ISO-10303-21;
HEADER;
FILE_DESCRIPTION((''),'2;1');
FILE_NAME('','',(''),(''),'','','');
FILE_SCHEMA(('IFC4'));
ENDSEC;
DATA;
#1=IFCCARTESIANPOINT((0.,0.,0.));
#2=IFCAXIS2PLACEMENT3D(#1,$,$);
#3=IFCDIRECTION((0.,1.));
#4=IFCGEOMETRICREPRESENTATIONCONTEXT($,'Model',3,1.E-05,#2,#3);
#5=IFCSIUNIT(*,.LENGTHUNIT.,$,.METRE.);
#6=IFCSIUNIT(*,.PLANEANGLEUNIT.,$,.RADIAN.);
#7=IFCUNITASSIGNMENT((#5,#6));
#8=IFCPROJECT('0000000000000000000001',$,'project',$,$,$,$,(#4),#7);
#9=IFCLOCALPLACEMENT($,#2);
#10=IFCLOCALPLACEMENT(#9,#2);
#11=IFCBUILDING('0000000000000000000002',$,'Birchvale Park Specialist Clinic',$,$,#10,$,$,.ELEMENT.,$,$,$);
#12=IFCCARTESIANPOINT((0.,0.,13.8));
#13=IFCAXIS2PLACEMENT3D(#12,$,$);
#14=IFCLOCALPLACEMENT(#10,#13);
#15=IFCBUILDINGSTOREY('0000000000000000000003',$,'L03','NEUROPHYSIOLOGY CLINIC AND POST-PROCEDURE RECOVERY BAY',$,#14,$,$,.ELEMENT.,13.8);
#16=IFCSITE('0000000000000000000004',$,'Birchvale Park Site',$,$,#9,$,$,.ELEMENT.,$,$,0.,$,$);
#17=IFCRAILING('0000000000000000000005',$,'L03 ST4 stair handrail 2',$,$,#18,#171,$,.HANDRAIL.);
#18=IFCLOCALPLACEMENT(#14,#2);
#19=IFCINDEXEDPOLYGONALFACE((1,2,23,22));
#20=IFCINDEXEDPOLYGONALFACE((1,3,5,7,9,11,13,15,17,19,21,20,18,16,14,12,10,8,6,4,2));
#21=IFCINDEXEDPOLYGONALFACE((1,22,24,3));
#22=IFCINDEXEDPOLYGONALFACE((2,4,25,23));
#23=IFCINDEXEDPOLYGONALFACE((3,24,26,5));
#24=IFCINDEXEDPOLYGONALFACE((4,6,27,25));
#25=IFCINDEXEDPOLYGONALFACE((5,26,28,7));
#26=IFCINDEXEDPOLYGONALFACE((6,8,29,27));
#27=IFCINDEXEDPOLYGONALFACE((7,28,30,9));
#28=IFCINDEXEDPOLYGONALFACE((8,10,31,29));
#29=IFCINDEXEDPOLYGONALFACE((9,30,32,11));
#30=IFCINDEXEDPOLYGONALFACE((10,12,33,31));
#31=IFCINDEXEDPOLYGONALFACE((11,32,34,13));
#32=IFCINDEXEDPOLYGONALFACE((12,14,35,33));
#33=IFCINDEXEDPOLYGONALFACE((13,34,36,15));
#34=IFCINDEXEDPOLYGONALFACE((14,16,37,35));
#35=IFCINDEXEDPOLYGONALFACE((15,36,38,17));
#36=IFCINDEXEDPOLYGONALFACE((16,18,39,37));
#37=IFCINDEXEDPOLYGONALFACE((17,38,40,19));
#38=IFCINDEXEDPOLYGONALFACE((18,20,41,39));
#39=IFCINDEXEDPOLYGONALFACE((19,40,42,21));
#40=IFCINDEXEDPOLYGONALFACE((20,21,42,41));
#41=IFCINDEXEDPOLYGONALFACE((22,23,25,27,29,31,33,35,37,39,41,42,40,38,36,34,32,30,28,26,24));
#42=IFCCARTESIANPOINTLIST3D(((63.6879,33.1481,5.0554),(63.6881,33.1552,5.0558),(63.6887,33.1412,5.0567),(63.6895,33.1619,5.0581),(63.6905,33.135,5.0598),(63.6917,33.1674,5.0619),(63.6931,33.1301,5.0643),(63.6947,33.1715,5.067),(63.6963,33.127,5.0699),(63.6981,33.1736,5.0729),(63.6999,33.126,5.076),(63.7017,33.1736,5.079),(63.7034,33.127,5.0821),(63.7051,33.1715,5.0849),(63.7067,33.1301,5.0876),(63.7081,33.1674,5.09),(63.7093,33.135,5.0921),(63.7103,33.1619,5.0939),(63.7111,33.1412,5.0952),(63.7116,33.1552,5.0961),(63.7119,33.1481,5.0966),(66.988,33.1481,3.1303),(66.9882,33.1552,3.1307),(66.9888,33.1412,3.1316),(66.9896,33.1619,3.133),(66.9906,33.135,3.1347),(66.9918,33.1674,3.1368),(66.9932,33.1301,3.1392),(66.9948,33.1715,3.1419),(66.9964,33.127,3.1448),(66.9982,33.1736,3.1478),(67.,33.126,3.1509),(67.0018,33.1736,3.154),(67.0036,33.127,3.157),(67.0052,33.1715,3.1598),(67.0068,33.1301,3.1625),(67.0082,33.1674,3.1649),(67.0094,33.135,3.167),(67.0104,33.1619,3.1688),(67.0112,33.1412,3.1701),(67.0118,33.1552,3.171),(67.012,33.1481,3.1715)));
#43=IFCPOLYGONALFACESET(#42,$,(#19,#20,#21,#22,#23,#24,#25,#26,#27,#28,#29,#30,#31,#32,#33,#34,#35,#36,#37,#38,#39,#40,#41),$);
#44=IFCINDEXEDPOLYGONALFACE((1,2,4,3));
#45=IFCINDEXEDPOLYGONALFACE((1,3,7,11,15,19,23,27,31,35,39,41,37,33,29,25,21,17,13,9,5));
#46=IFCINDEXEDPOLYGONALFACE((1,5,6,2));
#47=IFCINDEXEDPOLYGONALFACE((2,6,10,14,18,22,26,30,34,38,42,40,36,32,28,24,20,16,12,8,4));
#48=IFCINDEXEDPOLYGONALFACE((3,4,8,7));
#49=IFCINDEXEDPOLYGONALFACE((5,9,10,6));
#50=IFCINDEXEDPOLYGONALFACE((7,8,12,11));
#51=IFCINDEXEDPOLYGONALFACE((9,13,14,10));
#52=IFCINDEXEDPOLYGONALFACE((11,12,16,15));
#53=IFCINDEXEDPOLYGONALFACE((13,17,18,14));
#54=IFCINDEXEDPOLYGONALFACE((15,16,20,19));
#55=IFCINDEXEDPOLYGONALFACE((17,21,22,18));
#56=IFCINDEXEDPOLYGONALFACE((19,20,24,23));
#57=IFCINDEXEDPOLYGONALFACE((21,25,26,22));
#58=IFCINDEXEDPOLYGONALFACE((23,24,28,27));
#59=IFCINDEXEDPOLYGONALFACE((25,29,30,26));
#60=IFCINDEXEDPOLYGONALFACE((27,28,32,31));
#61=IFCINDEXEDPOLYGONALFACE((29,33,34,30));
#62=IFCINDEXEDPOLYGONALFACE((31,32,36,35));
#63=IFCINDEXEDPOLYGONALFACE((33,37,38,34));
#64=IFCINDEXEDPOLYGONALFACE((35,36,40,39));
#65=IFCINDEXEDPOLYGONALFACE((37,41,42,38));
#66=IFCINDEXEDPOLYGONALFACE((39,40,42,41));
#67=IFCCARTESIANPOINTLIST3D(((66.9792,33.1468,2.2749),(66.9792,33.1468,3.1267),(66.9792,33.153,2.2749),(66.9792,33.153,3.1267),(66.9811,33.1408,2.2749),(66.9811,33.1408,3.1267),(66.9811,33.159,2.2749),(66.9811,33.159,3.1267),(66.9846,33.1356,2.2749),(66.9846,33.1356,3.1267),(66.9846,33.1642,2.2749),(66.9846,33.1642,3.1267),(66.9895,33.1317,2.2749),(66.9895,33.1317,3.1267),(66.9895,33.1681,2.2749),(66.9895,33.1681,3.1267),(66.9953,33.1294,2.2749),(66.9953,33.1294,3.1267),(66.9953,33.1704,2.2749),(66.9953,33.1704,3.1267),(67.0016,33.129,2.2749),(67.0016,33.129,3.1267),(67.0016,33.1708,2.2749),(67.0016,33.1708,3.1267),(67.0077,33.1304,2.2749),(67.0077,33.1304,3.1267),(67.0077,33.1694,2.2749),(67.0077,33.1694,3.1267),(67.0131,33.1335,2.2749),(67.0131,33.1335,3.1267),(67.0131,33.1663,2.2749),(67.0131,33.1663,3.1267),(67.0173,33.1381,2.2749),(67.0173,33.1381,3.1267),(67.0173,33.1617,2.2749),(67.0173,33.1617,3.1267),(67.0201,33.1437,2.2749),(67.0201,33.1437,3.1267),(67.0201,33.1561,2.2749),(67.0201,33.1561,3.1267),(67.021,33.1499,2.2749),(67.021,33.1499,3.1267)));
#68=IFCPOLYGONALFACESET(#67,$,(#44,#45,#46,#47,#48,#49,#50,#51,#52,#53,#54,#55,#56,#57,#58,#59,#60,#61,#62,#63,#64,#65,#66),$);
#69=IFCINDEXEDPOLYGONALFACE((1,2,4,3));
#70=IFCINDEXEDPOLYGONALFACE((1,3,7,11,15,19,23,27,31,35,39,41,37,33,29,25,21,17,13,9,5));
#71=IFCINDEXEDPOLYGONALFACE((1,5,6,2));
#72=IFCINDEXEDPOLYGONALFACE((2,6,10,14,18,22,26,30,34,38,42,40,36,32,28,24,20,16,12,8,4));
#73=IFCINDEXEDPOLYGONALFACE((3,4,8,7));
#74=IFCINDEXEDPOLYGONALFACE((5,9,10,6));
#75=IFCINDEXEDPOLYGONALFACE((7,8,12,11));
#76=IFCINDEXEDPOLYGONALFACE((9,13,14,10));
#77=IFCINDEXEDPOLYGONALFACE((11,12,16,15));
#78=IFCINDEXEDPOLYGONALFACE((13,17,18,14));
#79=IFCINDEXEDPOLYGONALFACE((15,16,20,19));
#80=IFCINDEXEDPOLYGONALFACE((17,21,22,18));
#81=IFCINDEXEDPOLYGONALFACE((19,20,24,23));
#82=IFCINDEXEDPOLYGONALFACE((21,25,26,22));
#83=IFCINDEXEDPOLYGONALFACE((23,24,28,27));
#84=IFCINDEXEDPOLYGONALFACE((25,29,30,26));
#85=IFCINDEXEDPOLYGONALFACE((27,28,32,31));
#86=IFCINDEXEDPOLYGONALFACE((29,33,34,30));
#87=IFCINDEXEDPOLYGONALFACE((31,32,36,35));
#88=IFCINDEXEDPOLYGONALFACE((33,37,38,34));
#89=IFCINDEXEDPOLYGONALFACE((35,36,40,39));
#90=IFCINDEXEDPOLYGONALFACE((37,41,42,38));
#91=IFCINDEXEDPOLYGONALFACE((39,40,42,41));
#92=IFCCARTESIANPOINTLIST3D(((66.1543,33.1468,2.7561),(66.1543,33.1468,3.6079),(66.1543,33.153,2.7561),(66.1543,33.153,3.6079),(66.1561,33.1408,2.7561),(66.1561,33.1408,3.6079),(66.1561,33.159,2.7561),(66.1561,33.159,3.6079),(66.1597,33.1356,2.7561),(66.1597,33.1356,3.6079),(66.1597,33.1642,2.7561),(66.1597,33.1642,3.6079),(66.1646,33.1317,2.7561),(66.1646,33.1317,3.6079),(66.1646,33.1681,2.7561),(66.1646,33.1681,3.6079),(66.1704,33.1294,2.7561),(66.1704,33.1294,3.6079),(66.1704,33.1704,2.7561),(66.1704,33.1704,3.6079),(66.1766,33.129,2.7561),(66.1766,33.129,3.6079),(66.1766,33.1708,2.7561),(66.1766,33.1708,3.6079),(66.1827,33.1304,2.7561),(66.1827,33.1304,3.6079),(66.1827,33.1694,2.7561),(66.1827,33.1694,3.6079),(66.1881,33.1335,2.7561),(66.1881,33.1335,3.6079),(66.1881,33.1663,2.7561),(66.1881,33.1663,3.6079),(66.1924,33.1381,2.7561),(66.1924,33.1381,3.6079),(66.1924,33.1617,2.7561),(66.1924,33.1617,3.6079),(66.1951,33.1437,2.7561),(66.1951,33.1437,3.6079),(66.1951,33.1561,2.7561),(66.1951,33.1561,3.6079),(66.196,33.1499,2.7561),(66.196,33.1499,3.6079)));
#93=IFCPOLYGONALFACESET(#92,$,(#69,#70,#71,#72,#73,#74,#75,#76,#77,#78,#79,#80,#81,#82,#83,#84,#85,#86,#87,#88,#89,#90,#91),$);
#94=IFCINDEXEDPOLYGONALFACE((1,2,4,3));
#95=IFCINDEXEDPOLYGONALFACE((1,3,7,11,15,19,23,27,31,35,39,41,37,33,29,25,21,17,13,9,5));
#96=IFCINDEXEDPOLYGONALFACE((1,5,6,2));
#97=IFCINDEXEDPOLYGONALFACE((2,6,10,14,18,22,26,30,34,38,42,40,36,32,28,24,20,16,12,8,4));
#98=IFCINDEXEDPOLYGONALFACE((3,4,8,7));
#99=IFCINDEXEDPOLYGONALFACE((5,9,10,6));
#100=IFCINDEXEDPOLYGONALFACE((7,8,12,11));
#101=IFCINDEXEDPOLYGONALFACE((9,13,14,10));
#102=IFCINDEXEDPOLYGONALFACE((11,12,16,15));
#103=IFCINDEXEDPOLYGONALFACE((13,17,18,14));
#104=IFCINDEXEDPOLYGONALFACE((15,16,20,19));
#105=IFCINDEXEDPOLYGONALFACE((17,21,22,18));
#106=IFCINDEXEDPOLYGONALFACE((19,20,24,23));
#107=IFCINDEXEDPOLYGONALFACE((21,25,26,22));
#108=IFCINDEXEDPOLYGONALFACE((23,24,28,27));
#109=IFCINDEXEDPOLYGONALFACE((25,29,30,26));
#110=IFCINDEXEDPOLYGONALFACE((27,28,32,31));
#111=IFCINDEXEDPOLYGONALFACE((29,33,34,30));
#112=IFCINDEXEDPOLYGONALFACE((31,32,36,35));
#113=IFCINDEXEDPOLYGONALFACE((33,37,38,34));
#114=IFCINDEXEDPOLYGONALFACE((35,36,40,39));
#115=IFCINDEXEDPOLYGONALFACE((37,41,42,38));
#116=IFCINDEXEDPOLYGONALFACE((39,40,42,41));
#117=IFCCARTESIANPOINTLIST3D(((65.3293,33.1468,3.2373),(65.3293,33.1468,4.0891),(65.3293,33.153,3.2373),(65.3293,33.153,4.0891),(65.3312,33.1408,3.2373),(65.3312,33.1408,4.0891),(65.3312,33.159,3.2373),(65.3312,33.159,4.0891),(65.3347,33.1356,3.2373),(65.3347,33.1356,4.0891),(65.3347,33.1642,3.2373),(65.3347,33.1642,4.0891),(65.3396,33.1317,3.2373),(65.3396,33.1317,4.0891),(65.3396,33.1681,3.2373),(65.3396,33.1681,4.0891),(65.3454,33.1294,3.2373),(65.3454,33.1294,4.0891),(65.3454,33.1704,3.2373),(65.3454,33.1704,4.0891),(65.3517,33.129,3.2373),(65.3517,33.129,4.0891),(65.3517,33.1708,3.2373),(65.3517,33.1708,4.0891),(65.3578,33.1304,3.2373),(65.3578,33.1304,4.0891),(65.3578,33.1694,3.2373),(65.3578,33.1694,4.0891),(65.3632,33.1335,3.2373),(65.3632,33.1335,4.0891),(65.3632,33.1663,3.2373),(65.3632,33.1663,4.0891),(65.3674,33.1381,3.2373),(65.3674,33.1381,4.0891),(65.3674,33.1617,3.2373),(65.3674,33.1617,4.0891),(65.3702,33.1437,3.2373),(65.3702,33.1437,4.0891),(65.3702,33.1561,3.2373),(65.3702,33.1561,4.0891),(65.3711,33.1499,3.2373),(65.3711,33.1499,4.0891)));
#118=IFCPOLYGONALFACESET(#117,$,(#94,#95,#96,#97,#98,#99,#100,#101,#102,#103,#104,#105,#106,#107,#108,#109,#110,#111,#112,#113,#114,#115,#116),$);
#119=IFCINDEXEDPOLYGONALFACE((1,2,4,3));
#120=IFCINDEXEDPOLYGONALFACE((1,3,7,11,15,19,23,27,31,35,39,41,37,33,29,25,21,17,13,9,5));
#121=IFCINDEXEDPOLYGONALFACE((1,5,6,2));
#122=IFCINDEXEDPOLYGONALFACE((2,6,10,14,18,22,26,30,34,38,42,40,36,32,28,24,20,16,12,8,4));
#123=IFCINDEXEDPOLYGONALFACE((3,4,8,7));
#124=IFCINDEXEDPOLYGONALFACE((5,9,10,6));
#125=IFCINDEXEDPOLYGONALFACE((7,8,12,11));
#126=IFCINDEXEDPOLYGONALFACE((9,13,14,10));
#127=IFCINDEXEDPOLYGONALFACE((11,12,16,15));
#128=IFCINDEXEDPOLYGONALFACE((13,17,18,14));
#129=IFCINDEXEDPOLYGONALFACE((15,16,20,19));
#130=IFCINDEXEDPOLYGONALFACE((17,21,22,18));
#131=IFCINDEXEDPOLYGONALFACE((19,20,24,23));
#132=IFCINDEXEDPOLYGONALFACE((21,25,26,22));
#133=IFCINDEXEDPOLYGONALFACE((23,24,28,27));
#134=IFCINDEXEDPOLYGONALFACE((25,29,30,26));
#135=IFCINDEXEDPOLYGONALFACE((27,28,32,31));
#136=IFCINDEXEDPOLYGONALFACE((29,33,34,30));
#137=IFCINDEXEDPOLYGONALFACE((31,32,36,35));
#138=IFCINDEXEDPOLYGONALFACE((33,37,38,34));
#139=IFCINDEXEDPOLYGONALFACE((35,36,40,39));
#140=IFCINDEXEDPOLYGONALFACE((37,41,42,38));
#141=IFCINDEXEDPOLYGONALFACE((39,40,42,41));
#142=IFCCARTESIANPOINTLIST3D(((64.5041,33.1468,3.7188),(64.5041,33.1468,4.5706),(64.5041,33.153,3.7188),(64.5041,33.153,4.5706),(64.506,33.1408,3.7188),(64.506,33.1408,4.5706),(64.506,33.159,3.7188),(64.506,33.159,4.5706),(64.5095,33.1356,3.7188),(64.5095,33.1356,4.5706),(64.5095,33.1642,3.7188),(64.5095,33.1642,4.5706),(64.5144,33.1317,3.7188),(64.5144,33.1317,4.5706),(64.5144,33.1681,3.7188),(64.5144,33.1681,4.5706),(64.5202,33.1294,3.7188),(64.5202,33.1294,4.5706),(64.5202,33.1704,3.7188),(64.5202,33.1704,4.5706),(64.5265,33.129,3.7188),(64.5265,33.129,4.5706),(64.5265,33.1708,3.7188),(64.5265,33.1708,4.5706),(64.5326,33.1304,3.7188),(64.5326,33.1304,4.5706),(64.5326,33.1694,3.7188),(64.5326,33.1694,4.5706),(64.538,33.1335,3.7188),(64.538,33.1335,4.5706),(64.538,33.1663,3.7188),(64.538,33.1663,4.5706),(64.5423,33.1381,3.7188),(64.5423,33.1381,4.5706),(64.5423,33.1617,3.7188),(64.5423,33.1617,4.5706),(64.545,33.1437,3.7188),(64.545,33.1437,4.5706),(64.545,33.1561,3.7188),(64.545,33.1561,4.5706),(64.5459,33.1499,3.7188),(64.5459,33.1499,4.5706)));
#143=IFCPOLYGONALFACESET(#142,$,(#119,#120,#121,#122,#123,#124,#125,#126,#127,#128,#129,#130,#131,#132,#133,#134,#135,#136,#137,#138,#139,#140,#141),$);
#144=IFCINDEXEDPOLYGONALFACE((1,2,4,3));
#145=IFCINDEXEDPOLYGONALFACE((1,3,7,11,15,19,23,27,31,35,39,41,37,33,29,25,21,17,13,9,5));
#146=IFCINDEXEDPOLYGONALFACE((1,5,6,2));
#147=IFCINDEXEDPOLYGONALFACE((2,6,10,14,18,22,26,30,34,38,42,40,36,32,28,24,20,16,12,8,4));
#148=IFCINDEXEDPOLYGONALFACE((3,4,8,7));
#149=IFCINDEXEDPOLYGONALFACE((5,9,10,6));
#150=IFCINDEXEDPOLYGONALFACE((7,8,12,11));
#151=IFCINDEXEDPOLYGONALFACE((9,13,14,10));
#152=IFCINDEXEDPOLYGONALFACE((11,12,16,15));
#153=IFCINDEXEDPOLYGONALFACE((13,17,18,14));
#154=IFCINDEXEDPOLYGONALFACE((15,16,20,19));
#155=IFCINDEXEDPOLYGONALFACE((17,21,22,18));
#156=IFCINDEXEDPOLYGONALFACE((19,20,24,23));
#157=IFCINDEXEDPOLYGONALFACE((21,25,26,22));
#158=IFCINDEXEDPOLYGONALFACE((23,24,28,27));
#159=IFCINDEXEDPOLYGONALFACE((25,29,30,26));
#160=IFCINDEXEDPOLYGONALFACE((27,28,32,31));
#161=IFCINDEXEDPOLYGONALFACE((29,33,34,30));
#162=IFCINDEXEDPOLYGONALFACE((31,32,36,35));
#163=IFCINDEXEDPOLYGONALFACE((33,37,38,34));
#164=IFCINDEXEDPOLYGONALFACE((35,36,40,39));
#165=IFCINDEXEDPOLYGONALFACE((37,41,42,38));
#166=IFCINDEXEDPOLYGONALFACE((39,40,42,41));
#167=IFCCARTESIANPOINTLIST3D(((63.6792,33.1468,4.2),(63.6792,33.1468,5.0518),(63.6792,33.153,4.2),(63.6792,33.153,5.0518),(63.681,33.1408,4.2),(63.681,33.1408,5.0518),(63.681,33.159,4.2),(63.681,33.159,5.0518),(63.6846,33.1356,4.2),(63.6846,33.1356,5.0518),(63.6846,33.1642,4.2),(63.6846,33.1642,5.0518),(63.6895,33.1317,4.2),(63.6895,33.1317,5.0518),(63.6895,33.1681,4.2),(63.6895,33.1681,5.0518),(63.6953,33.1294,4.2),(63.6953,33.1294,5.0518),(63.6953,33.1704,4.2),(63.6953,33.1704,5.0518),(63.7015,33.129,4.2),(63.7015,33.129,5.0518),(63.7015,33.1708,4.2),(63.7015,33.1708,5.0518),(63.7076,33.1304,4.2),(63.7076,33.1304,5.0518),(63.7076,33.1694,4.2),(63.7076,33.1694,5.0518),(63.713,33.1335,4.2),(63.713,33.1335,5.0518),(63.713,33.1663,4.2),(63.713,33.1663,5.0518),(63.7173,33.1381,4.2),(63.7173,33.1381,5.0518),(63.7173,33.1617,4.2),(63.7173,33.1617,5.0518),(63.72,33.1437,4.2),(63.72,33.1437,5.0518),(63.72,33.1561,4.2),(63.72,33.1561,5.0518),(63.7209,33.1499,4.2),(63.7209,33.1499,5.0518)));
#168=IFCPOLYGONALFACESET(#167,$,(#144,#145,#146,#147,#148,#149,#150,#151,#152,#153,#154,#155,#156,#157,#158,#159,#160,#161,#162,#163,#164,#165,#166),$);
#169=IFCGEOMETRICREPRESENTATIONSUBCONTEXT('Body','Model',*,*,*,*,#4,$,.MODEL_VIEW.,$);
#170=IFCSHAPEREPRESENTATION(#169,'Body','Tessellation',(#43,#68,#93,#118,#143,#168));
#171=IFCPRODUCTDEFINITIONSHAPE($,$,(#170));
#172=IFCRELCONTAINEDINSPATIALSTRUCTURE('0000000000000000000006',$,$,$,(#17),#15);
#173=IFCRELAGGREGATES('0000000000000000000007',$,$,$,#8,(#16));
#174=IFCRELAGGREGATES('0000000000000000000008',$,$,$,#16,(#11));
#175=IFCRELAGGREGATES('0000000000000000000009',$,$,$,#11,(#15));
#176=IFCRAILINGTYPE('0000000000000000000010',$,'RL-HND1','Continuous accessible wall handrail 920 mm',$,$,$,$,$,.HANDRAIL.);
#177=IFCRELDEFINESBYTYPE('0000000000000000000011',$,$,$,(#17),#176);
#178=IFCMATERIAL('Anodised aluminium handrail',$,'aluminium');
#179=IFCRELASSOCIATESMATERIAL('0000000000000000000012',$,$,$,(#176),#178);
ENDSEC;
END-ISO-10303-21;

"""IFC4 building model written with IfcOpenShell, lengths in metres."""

from ifc_helpers import new_model, si_unit, direction, frame, origin, origin_2d, place, context, subcontext, project, spatial, circle, extrude, material, type_object, element, save


model = new_model("IFC4")

# Units and contexts
model_context = context("Model", 3, precision=1e-05, world=origin(), true_north=direction((0.0, 1.0)))
body_context = subcontext(model_context, "Body", "Model", "MODEL_VIEW")
ifc_project = project(units=[si_unit("LENGTHUNIT", "METRE"), si_unit("PLANEANGLEUNIT", "RADIAN")], contexts=[model_context])

# Site, building, storey
site_placement = place(None, origin())
site = spatial("IfcSite", under=ifc_project, at=site_placement, Name="Birchvale Park Site", CompositionType="ELEMENT", RefElevation=0.0)
building_placement = place(site_placement, origin())
building = spatial("IfcBuilding", under=site, at=building_placement, Name="Birchvale Park Specialist Clinic", CompositionType="ELEMENT")
storey_placement = place(building_placement, frame((0.0, 0.0, 13.8)))
storey = spatial("IfcBuildingStorey", under=building, at=storey_placement, Name="L03", Description="NEUROPHYSIOLOGY CLINIC AND POST-PROCEDURE RECOVERY BAY", CompositionType="ELEMENT", Elevation=13.8)

# Railing
ifc_material_1 = material(Name="Anodised aluminium handrail", Category="aluminium")
railing_type_1 = type_object("IfcRailingType", Name="RL-HND1", Description="Continuous accessible wall handrail 920 mm", PredefinedType="HANDRAIL", material=ifc_material_1)
railing_1_placement = place(storey_placement, frame((67.0, 33.1499, 2.2749)))
element("IfcRailing", 1, at=railing_1_placement, inside=storey, type_object=railing_type_1, Name="L03 ST4 stair handrail 2", PredefinedType="HANDRAIL", context=body_context, shape_type="SweptSolid", body=[
    extrude(circle(Radius=0.0239, at=origin_2d()), frame((0.0, 0.0, 0.876), z_axis=(-0.863777, 0.0, 0.503875), x_axis=(0.0, -1.0, 0.0)), (0.0, 0.0, 1.0), 3.8206),
    extrude(circle(Radius=0.021, at=origin_2d()), origin(), (0.0, 0.0, 1.0), 0.8518),
    extrude(circle(Radius=0.021, at=origin_2d()), frame((-0.825, 0.0, 0.4812)), (0.0, 0.0, 1.0), 0.8518),
    extrude(circle(Radius=0.021, at=origin_2d()), frame((-1.6499, 0.0, 0.9624)), (0.0, 0.0, 1.0), 0.8518),
    extrude(circle(Radius=0.021, at=origin_2d()), frame((-2.4751, 0.0, 1.4438)), (0.0, 0.0, 1.0), 0.8518),
    extrude(circle(Radius=0.021, at=origin_2d()), frame((-3.3, 0.0, 1.925)), (0.0, 0.0, 1.0), 0.8518),
])

save(model, "model.ifc")
